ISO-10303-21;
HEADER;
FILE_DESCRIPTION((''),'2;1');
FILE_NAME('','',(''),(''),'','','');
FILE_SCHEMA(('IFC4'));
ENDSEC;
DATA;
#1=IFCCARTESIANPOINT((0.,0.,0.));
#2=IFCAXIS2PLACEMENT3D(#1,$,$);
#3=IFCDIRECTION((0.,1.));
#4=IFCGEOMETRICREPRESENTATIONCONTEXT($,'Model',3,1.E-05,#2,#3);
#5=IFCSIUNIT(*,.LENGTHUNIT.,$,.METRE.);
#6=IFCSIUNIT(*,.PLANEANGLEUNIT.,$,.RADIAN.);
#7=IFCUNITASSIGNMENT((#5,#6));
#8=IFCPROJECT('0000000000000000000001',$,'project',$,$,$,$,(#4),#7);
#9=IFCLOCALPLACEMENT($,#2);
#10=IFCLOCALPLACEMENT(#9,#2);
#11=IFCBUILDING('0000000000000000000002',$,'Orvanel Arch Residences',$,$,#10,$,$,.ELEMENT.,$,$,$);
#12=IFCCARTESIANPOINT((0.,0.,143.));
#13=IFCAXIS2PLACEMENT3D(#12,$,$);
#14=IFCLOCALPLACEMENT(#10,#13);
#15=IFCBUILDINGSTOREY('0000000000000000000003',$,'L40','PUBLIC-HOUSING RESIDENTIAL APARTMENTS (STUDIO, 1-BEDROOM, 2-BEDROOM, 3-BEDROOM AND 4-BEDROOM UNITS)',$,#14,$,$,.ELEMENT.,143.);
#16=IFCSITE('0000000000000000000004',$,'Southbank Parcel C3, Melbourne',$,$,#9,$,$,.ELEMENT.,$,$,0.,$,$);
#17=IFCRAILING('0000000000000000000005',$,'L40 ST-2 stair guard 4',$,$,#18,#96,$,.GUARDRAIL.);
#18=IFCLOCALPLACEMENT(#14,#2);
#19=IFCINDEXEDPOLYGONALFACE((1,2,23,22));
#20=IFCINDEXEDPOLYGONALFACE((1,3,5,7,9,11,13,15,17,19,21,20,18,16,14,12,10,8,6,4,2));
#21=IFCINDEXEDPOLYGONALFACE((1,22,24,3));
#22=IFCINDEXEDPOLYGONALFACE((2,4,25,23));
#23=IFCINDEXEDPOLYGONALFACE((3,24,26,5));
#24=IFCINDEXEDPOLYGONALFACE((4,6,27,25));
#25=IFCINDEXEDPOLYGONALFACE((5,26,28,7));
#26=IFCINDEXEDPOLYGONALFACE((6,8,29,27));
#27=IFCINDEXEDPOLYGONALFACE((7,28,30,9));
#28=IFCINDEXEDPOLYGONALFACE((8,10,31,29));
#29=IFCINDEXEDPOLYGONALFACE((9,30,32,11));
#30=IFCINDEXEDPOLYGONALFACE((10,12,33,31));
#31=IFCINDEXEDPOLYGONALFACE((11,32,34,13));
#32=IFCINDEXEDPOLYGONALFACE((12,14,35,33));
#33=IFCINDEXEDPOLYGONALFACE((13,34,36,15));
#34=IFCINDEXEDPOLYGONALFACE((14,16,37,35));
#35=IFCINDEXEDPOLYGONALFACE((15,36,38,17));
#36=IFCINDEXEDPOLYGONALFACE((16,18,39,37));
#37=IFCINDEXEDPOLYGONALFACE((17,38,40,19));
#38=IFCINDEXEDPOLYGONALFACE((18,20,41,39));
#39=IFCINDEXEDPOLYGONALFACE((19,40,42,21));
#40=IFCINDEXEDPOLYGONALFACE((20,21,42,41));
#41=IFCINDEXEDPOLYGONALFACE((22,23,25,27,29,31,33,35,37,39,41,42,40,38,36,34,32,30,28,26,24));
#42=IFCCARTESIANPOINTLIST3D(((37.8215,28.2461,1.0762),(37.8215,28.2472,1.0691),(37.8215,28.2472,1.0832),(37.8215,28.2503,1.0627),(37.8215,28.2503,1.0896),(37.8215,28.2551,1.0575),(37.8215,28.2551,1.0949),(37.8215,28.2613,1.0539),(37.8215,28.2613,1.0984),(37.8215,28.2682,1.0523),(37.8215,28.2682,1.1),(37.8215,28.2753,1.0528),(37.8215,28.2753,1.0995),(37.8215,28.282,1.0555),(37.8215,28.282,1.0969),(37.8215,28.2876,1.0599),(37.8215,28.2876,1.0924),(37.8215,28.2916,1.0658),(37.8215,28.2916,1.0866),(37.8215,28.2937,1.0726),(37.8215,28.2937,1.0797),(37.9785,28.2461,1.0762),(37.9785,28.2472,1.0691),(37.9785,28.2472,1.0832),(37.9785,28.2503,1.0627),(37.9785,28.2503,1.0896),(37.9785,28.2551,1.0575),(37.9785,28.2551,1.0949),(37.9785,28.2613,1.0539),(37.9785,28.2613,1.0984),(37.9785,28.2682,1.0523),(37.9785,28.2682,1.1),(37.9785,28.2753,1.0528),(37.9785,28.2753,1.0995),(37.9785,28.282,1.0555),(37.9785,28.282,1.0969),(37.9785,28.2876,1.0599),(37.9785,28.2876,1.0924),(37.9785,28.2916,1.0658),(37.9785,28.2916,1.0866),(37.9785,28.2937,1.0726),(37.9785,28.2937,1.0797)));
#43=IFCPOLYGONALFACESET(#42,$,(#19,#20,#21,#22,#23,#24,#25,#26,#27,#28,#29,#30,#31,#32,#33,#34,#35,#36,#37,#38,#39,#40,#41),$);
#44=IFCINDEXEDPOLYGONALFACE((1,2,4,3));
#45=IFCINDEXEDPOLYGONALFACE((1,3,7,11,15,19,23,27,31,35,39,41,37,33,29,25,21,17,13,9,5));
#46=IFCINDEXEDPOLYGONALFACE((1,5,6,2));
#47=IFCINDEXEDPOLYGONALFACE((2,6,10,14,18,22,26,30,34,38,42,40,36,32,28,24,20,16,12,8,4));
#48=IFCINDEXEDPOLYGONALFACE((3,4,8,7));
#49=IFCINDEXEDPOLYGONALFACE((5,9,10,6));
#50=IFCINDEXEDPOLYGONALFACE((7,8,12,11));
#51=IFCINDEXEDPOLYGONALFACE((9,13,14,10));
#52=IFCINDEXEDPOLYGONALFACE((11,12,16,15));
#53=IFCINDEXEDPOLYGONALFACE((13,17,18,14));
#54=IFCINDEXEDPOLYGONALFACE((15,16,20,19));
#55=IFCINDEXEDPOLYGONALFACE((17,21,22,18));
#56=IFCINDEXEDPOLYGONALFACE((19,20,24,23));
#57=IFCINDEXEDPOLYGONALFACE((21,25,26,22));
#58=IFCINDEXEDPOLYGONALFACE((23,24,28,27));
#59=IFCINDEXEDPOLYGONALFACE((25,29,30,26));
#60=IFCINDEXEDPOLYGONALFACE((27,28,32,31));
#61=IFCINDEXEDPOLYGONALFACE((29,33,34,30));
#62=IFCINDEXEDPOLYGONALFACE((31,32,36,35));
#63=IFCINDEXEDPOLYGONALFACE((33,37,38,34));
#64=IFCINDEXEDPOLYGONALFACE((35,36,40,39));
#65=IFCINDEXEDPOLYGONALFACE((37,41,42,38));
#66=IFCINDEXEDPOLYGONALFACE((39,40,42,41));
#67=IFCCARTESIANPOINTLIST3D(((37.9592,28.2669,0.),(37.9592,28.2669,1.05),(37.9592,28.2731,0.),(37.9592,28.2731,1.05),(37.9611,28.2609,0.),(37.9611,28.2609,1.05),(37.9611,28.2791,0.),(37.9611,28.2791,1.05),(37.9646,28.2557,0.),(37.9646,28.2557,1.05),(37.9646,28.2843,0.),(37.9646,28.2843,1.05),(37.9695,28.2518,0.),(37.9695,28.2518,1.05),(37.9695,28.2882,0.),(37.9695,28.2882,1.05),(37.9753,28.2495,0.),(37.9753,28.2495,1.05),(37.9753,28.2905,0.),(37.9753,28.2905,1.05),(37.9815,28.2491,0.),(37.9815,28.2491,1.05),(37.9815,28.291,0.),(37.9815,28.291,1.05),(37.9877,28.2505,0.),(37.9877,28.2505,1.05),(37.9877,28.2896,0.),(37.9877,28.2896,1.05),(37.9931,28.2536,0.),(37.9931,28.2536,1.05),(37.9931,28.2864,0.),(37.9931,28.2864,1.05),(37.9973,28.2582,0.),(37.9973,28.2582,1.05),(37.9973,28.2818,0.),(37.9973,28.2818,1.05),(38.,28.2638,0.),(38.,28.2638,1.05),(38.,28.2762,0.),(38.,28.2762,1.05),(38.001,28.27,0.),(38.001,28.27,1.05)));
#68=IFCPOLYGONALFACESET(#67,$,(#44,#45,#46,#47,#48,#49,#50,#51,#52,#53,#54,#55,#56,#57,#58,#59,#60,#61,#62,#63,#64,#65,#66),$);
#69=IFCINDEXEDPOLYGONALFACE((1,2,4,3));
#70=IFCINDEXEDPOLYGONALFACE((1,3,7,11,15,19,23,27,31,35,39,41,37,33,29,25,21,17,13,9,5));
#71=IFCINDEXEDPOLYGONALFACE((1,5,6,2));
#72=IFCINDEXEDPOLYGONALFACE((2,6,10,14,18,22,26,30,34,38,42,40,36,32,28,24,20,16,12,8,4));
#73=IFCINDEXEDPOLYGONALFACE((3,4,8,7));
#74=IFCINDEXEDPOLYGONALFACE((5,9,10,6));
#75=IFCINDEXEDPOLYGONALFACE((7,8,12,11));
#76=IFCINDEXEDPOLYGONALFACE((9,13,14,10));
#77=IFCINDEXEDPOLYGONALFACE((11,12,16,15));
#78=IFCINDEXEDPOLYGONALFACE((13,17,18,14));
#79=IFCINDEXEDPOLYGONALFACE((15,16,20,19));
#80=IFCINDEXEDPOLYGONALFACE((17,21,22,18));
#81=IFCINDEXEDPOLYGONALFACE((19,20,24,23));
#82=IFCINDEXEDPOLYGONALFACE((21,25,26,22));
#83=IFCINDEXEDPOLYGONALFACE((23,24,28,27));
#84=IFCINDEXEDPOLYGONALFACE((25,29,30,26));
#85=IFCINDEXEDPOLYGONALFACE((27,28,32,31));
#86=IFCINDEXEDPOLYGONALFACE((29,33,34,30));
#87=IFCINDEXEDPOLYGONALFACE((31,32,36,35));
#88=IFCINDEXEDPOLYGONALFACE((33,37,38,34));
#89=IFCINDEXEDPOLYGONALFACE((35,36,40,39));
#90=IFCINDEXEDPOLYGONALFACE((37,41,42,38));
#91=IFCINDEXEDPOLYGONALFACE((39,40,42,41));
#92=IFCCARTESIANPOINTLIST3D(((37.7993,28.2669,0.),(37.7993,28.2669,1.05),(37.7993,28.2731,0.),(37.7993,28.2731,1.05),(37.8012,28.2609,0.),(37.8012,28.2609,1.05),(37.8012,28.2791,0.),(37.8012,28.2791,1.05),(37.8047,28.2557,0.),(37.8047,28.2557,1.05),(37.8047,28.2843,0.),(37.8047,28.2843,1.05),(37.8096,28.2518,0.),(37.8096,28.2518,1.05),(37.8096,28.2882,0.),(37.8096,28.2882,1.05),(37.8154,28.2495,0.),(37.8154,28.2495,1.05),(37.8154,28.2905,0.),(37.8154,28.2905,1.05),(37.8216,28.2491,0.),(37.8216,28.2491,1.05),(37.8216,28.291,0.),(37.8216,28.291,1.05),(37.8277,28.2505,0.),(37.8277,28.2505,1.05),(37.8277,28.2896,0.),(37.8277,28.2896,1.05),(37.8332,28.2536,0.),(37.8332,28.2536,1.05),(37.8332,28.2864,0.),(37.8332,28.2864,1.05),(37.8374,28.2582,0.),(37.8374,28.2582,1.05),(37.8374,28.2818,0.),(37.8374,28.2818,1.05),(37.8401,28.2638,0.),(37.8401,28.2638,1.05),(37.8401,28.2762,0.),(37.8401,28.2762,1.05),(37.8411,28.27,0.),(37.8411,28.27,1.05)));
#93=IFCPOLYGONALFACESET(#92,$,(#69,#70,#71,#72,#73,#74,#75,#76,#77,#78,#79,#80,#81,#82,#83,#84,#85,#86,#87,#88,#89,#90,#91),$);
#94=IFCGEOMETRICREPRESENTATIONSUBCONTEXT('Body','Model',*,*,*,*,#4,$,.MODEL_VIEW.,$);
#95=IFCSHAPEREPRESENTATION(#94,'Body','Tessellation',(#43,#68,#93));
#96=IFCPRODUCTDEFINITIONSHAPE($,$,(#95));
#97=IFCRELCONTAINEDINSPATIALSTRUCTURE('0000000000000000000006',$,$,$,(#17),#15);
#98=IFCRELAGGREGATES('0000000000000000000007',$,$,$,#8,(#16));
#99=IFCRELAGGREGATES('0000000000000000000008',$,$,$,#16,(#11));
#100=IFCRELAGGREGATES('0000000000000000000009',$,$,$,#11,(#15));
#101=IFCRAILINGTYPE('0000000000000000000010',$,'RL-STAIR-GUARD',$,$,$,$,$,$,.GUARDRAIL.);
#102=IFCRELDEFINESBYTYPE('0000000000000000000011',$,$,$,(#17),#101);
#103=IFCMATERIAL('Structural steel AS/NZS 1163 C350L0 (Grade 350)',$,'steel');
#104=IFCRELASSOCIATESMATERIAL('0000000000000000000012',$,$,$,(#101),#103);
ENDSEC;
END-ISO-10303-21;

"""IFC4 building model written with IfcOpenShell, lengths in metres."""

from ifc_helpers import new_model, si_unit, direction, frame, origin, origin_2d, place, context, subcontext, project, spatial, circle, extrude, material, type_object, element, save


model = new_model("IFC4")

# Units and contexts
model_context = context("Model", 3, precision=1e-05, world=origin(), true_north=direction((0.0, 1.0)))
body_context = subcontext(model_context, "Body", "Model", "MODEL_VIEW")
ifc_project = project(units=[si_unit("LENGTHUNIT", "METRE"), si_unit("PLANEANGLEUNIT", "RADIAN")], contexts=[model_context])

# Site, building, storey
site_placement = place(None, origin())
site = spatial("IfcSite", under=ifc_project, at=site_placement, Name="Southbank Parcel C3, Melbourne", CompositionType="ELEMENT", RefElevation=0.0)
building_placement = place(site_placement, origin())
building = spatial("IfcBuilding", under=site, at=building_placement, Name="Orvanel Arch Residences", CompositionType="ELEMENT")
storey_placement = place(building_placement, frame((0.0, 0.0, 143.0)))
storey = spatial("IfcBuildingStorey", under=building, at=storey_placement, Name="L40", Description="PUBLIC-HOUSING RESIDENTIAL APARTMENTS (STUDIO, 1-BEDROOM, 2-BEDROOM, 3-BEDROOM AND 4-BEDROOM UNITS)", CompositionType="ELEMENT", Elevation=143.0)

# Railing
ifc_material_1 = material(Name="Structural steel AS/NZS 1163 C350L0 (Grade 350)", Category="steel")
railing_type_1 = type_object("IfcRailingType", Name="RL-STAIR-GUARD", PredefinedType="GUARDRAIL", material=ifc_material_1)
railing_1_placement = place(storey_placement, frame((37.98, 28.27, 0.0)))
element("IfcRailing", 1, at=railing_1_placement, inside=storey, type_object=railing_type_1, Name="L40 ST-2 stair guard 4", PredefinedType="GUARDRAIL", context=body_context, shape_type="SweptSolid", body=[
    extrude(circle(Radius=0.0239, at=origin_2d()), frame((-0.0015, 0.0, 1.0762), z_axis=(-1.0, 0.0, 0.0), x_axis=(0.0, -1.0, 0.0)), (0.0, 0.0, 1.0), 0.157),
    extrude(circle(Radius=0.021, at=origin_2d()), origin(), (0.0, 0.0, 1.0), 1.05),
    extrude(circle(Radius=0.021, at=origin_2d()), frame((-0.1599, 0.0, 0.0)), (0.0, 0.0, 1.0), 1.05),
])

save(model, "model.ifc")
